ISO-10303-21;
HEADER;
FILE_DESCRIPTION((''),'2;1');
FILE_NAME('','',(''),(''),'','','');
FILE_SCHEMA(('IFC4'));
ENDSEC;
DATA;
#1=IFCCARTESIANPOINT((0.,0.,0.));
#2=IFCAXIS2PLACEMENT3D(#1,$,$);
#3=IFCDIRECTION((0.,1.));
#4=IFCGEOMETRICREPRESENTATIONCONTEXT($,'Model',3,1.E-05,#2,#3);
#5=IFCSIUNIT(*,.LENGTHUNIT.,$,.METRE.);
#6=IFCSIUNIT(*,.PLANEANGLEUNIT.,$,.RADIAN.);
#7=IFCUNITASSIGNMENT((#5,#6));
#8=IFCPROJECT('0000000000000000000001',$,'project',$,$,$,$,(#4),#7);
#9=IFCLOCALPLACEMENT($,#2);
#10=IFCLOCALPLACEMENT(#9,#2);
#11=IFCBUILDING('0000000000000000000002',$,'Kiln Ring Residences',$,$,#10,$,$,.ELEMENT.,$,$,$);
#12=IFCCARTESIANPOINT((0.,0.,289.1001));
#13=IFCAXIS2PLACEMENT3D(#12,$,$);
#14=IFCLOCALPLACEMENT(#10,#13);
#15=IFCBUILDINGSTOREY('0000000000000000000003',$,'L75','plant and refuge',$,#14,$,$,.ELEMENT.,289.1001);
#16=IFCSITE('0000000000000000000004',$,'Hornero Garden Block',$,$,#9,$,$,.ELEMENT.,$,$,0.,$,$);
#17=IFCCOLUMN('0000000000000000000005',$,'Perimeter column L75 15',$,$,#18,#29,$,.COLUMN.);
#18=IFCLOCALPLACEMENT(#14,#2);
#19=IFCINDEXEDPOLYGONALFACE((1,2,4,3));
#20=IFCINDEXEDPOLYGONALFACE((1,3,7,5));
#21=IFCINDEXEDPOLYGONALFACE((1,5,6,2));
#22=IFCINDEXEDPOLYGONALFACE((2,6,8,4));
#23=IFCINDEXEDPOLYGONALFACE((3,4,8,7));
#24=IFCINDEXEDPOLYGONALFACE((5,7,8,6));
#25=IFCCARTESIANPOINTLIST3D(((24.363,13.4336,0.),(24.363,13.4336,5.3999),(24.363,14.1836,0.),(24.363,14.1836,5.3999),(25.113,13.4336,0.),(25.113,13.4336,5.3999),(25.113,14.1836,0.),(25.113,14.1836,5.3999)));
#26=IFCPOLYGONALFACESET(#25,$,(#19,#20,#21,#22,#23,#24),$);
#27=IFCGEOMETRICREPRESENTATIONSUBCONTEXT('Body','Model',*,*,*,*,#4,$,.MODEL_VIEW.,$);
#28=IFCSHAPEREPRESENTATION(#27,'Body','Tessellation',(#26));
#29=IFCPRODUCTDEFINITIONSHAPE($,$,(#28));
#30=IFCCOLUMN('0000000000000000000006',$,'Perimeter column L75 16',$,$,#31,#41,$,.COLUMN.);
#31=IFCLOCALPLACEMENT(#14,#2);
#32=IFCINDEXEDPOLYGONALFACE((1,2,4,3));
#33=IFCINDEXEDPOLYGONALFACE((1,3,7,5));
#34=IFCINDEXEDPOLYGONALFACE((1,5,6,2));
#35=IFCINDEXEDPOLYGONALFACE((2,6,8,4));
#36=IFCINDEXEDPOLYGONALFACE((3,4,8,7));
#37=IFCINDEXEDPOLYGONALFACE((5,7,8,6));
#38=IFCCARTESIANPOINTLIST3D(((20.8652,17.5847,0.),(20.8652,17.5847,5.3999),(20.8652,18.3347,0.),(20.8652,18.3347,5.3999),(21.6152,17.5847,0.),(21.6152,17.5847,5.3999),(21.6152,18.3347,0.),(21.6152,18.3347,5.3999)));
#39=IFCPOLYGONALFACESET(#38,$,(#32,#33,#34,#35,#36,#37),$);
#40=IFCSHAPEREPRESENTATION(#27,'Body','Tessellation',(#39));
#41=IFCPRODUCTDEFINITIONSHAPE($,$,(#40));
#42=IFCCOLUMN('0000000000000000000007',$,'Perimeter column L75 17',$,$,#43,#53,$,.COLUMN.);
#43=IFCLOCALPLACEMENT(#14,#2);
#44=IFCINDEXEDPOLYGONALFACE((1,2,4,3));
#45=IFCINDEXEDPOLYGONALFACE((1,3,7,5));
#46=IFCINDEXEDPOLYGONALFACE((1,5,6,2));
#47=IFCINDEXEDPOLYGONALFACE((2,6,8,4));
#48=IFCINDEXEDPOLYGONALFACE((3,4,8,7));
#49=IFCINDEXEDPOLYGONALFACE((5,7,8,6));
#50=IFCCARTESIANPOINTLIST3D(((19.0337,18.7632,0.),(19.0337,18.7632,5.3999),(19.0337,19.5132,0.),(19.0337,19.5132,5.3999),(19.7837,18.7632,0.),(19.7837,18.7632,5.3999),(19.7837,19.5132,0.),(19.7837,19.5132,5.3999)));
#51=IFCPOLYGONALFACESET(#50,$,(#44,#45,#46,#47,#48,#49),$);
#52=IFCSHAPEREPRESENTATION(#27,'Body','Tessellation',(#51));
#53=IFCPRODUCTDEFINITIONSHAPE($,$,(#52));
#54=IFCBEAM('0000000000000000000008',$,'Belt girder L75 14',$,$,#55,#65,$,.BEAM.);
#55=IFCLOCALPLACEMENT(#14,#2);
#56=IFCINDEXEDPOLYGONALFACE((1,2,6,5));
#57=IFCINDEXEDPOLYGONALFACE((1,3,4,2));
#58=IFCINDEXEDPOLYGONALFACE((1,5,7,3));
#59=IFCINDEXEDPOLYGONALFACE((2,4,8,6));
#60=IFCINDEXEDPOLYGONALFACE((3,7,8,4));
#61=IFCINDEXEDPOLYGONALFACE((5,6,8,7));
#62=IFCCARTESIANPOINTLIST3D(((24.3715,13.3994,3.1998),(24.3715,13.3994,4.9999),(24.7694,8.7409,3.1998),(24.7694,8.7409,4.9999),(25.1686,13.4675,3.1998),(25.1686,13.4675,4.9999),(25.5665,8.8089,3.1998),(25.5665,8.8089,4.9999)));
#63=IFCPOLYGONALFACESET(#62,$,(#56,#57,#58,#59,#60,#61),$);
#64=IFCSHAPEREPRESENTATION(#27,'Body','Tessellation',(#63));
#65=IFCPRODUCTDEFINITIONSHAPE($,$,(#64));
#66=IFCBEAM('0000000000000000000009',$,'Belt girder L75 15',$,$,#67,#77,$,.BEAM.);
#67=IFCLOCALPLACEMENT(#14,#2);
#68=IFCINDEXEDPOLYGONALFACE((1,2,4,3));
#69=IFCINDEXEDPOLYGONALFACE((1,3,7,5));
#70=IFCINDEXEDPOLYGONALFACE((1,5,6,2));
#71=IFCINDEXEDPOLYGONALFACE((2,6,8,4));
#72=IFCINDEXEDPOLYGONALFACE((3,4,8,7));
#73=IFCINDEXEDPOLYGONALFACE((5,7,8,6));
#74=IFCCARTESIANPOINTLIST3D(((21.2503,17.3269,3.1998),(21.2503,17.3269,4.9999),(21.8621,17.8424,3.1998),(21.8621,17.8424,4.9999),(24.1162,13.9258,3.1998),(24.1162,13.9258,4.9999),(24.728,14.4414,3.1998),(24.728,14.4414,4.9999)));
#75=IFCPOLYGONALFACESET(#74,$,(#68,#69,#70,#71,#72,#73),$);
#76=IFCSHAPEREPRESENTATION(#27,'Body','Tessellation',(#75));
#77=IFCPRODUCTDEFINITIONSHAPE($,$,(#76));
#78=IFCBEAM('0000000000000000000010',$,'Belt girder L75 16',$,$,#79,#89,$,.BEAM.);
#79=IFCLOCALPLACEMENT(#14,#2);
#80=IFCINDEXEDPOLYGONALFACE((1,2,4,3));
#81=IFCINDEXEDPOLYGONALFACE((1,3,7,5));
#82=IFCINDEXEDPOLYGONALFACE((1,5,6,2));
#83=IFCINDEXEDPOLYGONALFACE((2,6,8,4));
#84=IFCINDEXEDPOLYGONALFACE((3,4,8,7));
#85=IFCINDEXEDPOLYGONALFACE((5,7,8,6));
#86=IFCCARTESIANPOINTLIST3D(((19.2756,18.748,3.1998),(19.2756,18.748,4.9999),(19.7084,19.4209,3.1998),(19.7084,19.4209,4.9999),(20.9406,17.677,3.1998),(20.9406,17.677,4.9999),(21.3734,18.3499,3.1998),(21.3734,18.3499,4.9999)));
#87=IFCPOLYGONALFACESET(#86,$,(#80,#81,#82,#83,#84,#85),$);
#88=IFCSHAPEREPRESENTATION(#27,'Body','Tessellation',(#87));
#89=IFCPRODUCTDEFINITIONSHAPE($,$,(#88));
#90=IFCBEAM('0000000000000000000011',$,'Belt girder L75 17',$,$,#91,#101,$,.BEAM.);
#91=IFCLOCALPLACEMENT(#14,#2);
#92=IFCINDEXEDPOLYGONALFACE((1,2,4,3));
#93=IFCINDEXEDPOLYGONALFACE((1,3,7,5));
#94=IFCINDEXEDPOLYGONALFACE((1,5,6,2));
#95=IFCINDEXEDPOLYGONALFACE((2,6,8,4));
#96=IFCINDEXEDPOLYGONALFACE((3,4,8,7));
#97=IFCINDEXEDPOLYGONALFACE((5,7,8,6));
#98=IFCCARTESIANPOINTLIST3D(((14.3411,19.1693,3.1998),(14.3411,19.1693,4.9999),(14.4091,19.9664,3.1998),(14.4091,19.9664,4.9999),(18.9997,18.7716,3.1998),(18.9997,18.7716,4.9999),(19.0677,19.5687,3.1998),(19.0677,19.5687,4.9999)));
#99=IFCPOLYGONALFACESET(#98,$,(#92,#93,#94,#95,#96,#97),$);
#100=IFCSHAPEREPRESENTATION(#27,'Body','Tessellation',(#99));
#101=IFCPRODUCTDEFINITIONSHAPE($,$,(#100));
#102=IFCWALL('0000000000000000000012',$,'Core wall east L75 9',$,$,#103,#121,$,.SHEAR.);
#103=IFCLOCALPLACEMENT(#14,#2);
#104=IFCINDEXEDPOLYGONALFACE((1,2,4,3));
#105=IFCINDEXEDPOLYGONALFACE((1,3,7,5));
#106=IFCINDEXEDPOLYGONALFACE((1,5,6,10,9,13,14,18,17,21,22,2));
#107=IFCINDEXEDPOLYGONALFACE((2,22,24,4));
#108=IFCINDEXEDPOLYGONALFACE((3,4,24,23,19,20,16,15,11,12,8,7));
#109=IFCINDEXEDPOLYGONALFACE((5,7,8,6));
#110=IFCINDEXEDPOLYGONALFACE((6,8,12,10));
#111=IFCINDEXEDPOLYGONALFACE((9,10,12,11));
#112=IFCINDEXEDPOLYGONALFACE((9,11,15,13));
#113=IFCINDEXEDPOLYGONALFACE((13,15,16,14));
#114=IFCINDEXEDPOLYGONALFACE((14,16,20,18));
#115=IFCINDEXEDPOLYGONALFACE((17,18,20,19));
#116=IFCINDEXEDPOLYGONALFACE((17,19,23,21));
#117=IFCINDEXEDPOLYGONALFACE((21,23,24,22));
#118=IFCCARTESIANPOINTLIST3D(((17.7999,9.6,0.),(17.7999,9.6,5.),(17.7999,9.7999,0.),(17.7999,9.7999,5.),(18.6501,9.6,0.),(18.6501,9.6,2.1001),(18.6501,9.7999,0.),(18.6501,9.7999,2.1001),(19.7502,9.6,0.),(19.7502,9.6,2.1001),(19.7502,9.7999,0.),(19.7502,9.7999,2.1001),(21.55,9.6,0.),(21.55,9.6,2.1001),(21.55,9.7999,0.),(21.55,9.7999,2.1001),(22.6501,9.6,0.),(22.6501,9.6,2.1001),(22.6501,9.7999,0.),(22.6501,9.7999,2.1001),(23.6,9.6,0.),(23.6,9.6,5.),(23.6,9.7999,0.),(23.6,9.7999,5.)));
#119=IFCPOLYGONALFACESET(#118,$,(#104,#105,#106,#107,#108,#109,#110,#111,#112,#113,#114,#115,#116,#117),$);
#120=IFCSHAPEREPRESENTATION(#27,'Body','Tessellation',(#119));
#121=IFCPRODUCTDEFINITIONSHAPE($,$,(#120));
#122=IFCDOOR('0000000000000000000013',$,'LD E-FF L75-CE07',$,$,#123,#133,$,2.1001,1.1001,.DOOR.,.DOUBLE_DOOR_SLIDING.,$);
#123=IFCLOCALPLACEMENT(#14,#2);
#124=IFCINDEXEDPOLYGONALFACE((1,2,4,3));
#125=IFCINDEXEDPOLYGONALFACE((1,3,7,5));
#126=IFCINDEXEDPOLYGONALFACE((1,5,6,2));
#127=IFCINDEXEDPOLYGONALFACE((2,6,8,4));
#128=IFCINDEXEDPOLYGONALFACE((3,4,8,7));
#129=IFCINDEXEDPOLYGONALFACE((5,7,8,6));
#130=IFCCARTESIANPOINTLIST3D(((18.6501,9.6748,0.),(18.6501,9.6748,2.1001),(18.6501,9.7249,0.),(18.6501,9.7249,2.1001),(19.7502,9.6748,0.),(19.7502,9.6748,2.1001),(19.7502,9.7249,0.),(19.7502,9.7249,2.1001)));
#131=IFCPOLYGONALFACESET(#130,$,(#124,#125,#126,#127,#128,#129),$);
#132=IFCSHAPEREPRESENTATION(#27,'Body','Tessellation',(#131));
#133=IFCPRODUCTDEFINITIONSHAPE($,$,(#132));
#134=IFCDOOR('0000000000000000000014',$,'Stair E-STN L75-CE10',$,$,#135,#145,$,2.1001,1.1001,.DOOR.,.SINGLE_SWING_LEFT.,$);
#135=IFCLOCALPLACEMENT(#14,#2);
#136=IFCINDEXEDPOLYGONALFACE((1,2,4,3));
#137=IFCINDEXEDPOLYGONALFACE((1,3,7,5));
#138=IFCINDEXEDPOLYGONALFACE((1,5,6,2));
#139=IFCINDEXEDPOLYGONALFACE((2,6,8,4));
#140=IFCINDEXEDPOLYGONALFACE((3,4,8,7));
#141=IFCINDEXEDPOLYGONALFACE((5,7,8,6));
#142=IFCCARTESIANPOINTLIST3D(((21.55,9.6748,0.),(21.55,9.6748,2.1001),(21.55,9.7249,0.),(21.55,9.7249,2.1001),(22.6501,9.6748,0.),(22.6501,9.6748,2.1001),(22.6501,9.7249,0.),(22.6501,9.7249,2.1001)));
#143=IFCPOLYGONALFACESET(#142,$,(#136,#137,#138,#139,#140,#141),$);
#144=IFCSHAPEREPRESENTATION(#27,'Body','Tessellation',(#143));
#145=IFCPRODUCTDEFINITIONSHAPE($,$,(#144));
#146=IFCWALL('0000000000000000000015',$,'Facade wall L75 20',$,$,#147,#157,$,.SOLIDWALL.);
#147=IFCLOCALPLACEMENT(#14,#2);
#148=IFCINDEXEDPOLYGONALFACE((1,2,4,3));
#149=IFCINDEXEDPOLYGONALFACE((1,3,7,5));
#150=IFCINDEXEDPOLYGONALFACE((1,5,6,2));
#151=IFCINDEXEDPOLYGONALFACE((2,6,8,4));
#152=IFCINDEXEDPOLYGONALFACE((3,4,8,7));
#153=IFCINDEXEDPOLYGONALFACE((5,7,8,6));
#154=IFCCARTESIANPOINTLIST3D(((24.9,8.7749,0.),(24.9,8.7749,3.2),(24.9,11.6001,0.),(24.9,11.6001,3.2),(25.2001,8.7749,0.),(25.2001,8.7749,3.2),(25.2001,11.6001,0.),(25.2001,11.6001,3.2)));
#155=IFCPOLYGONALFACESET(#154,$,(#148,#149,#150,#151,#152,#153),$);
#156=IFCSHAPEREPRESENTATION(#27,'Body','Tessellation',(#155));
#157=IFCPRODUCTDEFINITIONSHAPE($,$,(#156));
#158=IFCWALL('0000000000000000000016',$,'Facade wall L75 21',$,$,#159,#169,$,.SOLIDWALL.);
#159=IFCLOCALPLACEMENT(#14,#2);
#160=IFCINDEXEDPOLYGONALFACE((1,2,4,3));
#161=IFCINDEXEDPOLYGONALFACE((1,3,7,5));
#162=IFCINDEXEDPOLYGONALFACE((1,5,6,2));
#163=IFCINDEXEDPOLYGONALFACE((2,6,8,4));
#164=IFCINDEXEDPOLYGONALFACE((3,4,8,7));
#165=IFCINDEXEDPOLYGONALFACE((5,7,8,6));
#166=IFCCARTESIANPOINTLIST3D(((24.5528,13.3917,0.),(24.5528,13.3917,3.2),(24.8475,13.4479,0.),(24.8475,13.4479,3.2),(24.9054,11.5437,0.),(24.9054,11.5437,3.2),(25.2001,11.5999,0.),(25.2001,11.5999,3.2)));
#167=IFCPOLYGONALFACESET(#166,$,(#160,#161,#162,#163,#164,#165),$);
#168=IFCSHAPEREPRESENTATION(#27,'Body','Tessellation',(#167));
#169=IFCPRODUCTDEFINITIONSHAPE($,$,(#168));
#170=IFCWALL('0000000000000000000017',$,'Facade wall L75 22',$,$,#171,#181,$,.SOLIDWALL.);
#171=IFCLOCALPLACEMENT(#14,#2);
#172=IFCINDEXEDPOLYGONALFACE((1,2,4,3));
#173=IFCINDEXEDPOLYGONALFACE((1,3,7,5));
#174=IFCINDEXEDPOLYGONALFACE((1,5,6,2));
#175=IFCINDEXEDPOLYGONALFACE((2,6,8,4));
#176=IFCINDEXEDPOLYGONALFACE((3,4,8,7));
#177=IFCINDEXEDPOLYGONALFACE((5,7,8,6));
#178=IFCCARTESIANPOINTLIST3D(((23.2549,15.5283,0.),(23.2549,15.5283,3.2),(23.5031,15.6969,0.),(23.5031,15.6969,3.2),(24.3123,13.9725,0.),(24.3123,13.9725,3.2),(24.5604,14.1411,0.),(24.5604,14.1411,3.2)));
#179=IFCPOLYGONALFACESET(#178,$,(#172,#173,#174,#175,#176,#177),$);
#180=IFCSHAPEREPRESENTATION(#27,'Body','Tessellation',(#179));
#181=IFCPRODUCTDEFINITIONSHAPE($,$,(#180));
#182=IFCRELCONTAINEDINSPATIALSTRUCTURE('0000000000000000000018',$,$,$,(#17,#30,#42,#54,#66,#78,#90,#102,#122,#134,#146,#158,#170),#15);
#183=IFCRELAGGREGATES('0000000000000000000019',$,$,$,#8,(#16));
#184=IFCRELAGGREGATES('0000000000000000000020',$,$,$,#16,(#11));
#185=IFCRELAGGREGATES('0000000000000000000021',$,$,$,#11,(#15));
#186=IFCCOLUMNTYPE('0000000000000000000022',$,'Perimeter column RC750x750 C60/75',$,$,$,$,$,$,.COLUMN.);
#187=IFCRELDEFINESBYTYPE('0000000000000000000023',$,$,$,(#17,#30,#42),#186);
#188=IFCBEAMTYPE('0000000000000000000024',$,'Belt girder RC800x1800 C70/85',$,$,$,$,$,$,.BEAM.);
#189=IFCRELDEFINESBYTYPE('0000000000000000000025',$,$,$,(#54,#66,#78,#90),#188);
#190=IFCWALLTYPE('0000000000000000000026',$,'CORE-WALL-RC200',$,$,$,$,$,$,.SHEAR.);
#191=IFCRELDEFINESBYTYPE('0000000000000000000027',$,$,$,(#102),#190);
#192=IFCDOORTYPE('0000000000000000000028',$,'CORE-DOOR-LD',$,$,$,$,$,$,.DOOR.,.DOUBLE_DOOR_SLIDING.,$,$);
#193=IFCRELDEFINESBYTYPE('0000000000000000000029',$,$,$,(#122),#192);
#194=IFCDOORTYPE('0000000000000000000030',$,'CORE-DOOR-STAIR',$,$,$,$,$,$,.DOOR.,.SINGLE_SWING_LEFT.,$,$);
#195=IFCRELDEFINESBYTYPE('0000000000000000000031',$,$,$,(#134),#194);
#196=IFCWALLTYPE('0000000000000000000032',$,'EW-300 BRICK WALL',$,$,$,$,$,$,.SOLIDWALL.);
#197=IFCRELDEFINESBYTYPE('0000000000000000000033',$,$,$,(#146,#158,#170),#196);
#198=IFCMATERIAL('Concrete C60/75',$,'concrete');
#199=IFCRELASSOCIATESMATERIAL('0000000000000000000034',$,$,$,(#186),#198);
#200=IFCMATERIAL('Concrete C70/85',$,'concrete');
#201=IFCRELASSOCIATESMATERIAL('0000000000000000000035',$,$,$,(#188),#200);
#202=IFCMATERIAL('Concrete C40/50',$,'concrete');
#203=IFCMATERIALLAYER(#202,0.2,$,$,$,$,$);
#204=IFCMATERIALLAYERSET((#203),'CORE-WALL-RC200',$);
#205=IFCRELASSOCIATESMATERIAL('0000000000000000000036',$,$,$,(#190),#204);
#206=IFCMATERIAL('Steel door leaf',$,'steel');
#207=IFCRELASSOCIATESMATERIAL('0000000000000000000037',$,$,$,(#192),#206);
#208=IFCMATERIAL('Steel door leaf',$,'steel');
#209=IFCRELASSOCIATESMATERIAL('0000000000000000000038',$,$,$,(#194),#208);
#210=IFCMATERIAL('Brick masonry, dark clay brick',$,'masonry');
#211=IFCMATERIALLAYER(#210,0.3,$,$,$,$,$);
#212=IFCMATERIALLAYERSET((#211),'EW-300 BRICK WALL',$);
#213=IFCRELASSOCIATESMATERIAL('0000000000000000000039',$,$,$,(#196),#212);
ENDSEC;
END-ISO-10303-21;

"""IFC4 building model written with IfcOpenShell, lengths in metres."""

from ifc_helpers import new_model, si_unit, direction, frame, frame_2d, origin, origin_2d, place, context, subcontext, project, spatial, rectangle, extrude, material, layer, layer_set, material_profile, profile_set, type_object, element, fill, save


model = new_model("IFC4")

# Units and contexts
model_context = context("Model", 3, precision=1e-05, world=origin(), true_north=direction((0.0, 1.0)))
body_context = subcontext(model_context, "Body", "Model", "MODEL_VIEW")
ifc_project = project(units=[si_unit("LENGTHUNIT", "METRE"), si_unit("PLANEANGLEUNIT", "RADIAN")], contexts=[model_context])

# Site, building, storey
site_placement = place(None, origin())
site = spatial("IfcSite", under=ifc_project, at=site_placement, Name="Hornero Garden Block", CompositionType="ELEMENT", RefElevation=0.0)
building_placement = place(site_placement, origin())
building = spatial("IfcBuilding", under=site, at=building_placement, Name="Kiln Ring Residences", CompositionType="ELEMENT")
storey_placement = place(building_placement, frame((0.0, 0.0, 289.1001)))
storey = spatial("IfcBuildingStorey", under=building, at=storey_placement, Name="L75", Description="plant and refuge", CompositionType="ELEMENT", Elevation=289.1001)

# Columns
ifc_material_1 = material(Name="Concrete C60/75", Category="concrete")
ifc_material_profile_1 = material_profile(ifc_material_1, rectangle(XDim=0.75, YDim=0.75, at=origin_2d()), Name="RC750x750")
ifc_profile_set_1 = profile_set([ifc_material_profile_1], Name="Concrete C60/75")
column_type = type_object("IfcColumnType", Name="Perimeter column RC750x750 C60/75", PredefinedType="COLUMN", material=ifc_profile_set_1)
for number, where, z_axis, x_axis, name in (
    (1, (24.738, 13.8086, 0.0), (0.0, 0.0, 1.0), (1.0, 0.0, 0.0), "Perimeter column L75 15"),
    (2, (21.2402, 17.9597, 0.0), (0.0, 0.0, 1.0), (1.0, 0.0, 0.0), "Perimeter column L75 16"),
    (3, (19.4087, 19.1382, 0.0), (0.0, 0.0, 1.0), (1.0, 0.0, 0.0), "Perimeter column L75 17"),
):
    element("IfcColumn", number, at=place(storey_placement, frame(where, z_axis=z_axis, x_axis=x_axis)), inside=storey, type_object=column_type, Name=name, PredefinedType="COLUMN", context=body_context, shape_type="SweptSolid", body=[
        extrude(rectangle(XDim=0.75, YDim=0.75, at=origin_2d()), origin(), (0.0, 0.0, 1.0), 5.3999),
    ])

# Beams
ifc_material_2 = material(Name="Concrete C70/85", Category="concrete")
ifc_material_profile_2 = material_profile(ifc_material_2, rectangle(XDim=0.8, YDim=1.8, at=origin_2d()), Name="RC800x1800")
ifc_profile_set_2 = profile_set([ifc_material_profile_2], Name="Concrete C70/85")
beam_type = type_object("IfcBeamType", Name="Belt girder RC800x1800 C70/85", PredefinedType="BEAM", material=ifc_profile_set_2)
beam_1_placement = place(storey_placement, frame((25.168, 8.7749, 4.0999), z_axis=(-0.085111, 0.996371, 0.0), x_axis=(-0.996371, -0.085111, 0.0)))
element("IfcBeam", 4, at=beam_1_placement, inside=storey, type_object=beam_type, Name="Belt girder L75 14", PredefinedType="BEAM", context=body_context, shape_type="SweptSolid", body=[
    extrude(rectangle(XDim=0.8, YDim=1.8, at=origin_2d()), origin(), (0.0, 0.0, 1.0), 4.6755),
])
beam_2_placement = place(storey_placement, frame((24.4221, 14.1836, 4.0999), z_axis=(-0.644381, 0.764705, 0.0), x_axis=(-0.764705, -0.644381, 0.0)))
element("IfcBeam", 5, at=beam_2_placement, inside=storey, type_object=beam_type, Name="Belt girder L75 15", PredefinedType="BEAM", context=body_context, shape_type="SweptSolid", body=[
    extrude(rectangle(XDim=0.8, YDim=1.8, at=origin_2d()), origin(), (0.0, 0.0, 1.0), 4.4475),
])
beam_3_placement = place(storey_placement, frame((21.157, 18.0134, 4.0999), z_axis=(-0.841026, 0.540994, 0.0), x_axis=(-0.540994, -0.841026, 0.0)))
element("IfcBeam", 6, at=beam_3_placement, inside=storey, type_object=beam_type, Name="Belt girder L75 16", PredefinedType="BEAM", context=body_context, shape_type="SweptSolid", body=[
    extrude(rectangle(XDim=0.8, YDim=1.8, at=origin_2d()), origin(), (0.0, 0.0, 1.0), 1.9797),
])
beam_4_placement = place(storey_placement, frame((19.0337, 19.1702, 4.0999), z_axis=(-0.996376, 0.085059, 0.0), x_axis=(-0.085059, -0.996376, 0.0)))
element("IfcBeam", 7, at=beam_4_placement, inside=storey, type_object=beam_type, Name="Belt girder L75 17", PredefinedType="BEAM", context=body_context, shape_type="SweptSolid", body=[
    extrude(rectangle(XDim=0.8, YDim=1.8, at=origin_2d()), origin(), (0.0, 0.0, 1.0), 4.6755),
])

# Wall, openings, doors
ifc_material_3 = material(Name="Concrete C40/50", Category="concrete")
ifc_layer_1 = layer(ifc_material_3, 0.2)
ifc_layer_set_1 = layer_set([ifc_layer_1], Name="CORE-WALL-RC200")
wall_type_1 = type_object("IfcWallType", Name="CORE-WALL-RC200", PredefinedType="SHEAR", material=ifc_layer_set_1)
wall_1_placement = place(storey_placement, frame((17.8, 9.7, 0.0), z_axis=(0.0, 0.0, 1.0), x_axis=(1.0, 0.0, 0.0)))
wall_1 = element("IfcWall", 8, at=wall_1_placement, inside=storey, type_object=wall_type_1, Name="Core wall east L75 9", PredefinedType="SHEAR", context=body_context, shape_type="SweptSolid", body=[
    extrude(rectangle(XDim=5.8, YDim=0.2, at=frame_2d((2.8999, 0.0))), origin(), (0.0, 0.0, 1.0), 5.0),
])
opening_1_placement = place(wall_1_placement, frame((0.8501, 0.0, 0.0)))
opening_1 = element("IfcOpeningElement", 9, at=opening_1_placement, cuts=wall_1, PredefinedType="OPENING", context=body_context, shape_type="SweptSolid", body=[
    extrude(rectangle(XDim=1.1001, YDim=2.1001, at=frame_2d((0.55, 1.05))), frame((0.0, 0.1099, 0.0), z_axis=(0.0, -1.0, 0.0), x_axis=(1.0, 0.0, 0.0)), (0.0, 0.0, 1.0), 0.22),
])
opening_2_placement = place(wall_1_placement, frame((3.75, 0.0, 0.0)))
opening_2 = element("IfcOpeningElement", 10, at=opening_2_placement, cuts=wall_1, PredefinedType="OPENING", context=body_context, shape_type="SweptSolid", body=[
    extrude(rectangle(XDim=1.1001, YDim=2.1001, at=frame_2d((0.55, 1.05))), frame((0.0, 0.1099, 0.0), z_axis=(0.0, -1.0, 0.0), x_axis=(1.0, 0.0, 0.0)), (0.0, 0.0, 1.0), 0.22),
])
ifc_material_4 = material(Name="Steel door leaf", Category="steel")
door_type_1 = type_object("IfcDoorType", Name="CORE-DOOR-LD", OperationType="DOUBLE_DOOR_SLIDING", PredefinedType="DOOR", material=ifc_material_4)
door_1_placement = place(opening_1_placement, origin())
door_1 = element("IfcDoor", 11, at=door_1_placement, inside=storey, type_object=door_type_1, Name="LD E-FF L75-CE07", OperationType="DOUBLE_DOOR_SLIDING", OverallHeight=2.1001, OverallWidth=1.1001, PredefinedType="DOOR", context=body_context, shape_type="SweptSolid", body=[
    extrude(rectangle(XDim=1.1001, YDim=2.1001, at=frame_2d((0.55, 1.05))), frame((0.0, 0.0249, 0.0), z_axis=(0.0, -1.0, 0.0), x_axis=(1.0, 0.0, 0.0)), (0.0, 0.0, 1.0), 0.05),
])
fill(opening_1, door_1)
ifc_material_5 = material(Name="Steel door leaf", Category="steel")
door_type_2 = type_object("IfcDoorType", Name="CORE-DOOR-STAIR", OperationType="SINGLE_SWING_LEFT", PredefinedType="DOOR", material=ifc_material_5)
door_2_placement = place(opening_2_placement, origin())
door_2 = element("IfcDoor", 12, at=door_2_placement, inside=storey, type_object=door_type_2, Name="Stair E-STN L75-CE10", OperationType="SINGLE_SWING_LEFT", OverallHeight=2.1001, OverallWidth=1.1001, PredefinedType="DOOR", context=body_context, shape_type="SweptSolid", body=[
    extrude(rectangle(XDim=1.1001, YDim=2.1001, at=frame_2d((0.55, 1.05))), frame((0.0, 0.0249, 0.0), z_axis=(0.0, -1.0, 0.0), x_axis=(1.0, 0.0, 0.0)), (0.0, 0.0, 1.0), 0.05),
])
fill(opening_2, door_2)

# Walls
ifc_material_6 = material(Name="Brick masonry, dark clay brick", Category="masonry")
ifc_layer_2 = layer(ifc_material_6, 0.3)
ifc_layer_set_2 = layer_set([ifc_layer_2], Name="EW-300 BRICK WALL")
wall_type_2 = type_object("IfcWallType", Name="EW-300 BRICK WALL", PredefinedType="SOLIDWALL", material=ifc_layer_set_2)
wall_2_placement = place(storey_placement, frame((25.05, 8.7749, 0.0), z_axis=(0.0, 0.0, 1.0), x_axis=(0.0, 1.0, 0.0)))
element("IfcWall", 13, at=wall_2_placement, inside=storey, type_object=wall_type_2, Name="Facade wall L75 20", PredefinedType="SOLIDWALL", context=body_context, shape_type="SweptSolid", body=[
    extrude(rectangle(XDim=2.8252, YDim=0.3, at=frame_2d((1.4126, 0.0))), origin(), (0.0, 0.0, 1.0), 3.2),
])
wall_3_placement = place(storey_placement, frame((25.0527, 11.5718, 0.0), z_axis=(0.0, 0.0, 1.0), x_axis=(-0.187398, 0.982284, 0.0)))
element("IfcWall", 14, at=wall_3_placement, inside=storey, type_object=wall_type_2, Name="Facade wall L75 21", PredefinedType="SOLIDWALL", context=body_context, shape_type="SweptSolid", body=[
    extrude(rectangle(XDim=1.8813, YDim=0.3, at=frame_2d((0.9407, 0.0))), origin(), (0.0, 0.0, 1.0), 3.2),
])
wall_4_placement = place(storey_placement, frame((24.4363, 14.0569, 0.0), z_axis=(0.0, 0.0, 1.0), x_axis=(-0.562076, 0.827086, 0.0)))
element("IfcWall", 15, at=wall_4_placement, inside=storey, type_object=wall_type_2, Name="Facade wall L75 22", PredefinedType="SOLIDWALL", context=body_context, shape_type="SweptSolid", body=[
    extrude(rectangle(XDim=1.8811, YDim=0.3, at=frame_2d((0.9404, 0.0))), origin(), (0.0, 0.0, 1.0), 3.2),
])

save(model, "model.ifc")
